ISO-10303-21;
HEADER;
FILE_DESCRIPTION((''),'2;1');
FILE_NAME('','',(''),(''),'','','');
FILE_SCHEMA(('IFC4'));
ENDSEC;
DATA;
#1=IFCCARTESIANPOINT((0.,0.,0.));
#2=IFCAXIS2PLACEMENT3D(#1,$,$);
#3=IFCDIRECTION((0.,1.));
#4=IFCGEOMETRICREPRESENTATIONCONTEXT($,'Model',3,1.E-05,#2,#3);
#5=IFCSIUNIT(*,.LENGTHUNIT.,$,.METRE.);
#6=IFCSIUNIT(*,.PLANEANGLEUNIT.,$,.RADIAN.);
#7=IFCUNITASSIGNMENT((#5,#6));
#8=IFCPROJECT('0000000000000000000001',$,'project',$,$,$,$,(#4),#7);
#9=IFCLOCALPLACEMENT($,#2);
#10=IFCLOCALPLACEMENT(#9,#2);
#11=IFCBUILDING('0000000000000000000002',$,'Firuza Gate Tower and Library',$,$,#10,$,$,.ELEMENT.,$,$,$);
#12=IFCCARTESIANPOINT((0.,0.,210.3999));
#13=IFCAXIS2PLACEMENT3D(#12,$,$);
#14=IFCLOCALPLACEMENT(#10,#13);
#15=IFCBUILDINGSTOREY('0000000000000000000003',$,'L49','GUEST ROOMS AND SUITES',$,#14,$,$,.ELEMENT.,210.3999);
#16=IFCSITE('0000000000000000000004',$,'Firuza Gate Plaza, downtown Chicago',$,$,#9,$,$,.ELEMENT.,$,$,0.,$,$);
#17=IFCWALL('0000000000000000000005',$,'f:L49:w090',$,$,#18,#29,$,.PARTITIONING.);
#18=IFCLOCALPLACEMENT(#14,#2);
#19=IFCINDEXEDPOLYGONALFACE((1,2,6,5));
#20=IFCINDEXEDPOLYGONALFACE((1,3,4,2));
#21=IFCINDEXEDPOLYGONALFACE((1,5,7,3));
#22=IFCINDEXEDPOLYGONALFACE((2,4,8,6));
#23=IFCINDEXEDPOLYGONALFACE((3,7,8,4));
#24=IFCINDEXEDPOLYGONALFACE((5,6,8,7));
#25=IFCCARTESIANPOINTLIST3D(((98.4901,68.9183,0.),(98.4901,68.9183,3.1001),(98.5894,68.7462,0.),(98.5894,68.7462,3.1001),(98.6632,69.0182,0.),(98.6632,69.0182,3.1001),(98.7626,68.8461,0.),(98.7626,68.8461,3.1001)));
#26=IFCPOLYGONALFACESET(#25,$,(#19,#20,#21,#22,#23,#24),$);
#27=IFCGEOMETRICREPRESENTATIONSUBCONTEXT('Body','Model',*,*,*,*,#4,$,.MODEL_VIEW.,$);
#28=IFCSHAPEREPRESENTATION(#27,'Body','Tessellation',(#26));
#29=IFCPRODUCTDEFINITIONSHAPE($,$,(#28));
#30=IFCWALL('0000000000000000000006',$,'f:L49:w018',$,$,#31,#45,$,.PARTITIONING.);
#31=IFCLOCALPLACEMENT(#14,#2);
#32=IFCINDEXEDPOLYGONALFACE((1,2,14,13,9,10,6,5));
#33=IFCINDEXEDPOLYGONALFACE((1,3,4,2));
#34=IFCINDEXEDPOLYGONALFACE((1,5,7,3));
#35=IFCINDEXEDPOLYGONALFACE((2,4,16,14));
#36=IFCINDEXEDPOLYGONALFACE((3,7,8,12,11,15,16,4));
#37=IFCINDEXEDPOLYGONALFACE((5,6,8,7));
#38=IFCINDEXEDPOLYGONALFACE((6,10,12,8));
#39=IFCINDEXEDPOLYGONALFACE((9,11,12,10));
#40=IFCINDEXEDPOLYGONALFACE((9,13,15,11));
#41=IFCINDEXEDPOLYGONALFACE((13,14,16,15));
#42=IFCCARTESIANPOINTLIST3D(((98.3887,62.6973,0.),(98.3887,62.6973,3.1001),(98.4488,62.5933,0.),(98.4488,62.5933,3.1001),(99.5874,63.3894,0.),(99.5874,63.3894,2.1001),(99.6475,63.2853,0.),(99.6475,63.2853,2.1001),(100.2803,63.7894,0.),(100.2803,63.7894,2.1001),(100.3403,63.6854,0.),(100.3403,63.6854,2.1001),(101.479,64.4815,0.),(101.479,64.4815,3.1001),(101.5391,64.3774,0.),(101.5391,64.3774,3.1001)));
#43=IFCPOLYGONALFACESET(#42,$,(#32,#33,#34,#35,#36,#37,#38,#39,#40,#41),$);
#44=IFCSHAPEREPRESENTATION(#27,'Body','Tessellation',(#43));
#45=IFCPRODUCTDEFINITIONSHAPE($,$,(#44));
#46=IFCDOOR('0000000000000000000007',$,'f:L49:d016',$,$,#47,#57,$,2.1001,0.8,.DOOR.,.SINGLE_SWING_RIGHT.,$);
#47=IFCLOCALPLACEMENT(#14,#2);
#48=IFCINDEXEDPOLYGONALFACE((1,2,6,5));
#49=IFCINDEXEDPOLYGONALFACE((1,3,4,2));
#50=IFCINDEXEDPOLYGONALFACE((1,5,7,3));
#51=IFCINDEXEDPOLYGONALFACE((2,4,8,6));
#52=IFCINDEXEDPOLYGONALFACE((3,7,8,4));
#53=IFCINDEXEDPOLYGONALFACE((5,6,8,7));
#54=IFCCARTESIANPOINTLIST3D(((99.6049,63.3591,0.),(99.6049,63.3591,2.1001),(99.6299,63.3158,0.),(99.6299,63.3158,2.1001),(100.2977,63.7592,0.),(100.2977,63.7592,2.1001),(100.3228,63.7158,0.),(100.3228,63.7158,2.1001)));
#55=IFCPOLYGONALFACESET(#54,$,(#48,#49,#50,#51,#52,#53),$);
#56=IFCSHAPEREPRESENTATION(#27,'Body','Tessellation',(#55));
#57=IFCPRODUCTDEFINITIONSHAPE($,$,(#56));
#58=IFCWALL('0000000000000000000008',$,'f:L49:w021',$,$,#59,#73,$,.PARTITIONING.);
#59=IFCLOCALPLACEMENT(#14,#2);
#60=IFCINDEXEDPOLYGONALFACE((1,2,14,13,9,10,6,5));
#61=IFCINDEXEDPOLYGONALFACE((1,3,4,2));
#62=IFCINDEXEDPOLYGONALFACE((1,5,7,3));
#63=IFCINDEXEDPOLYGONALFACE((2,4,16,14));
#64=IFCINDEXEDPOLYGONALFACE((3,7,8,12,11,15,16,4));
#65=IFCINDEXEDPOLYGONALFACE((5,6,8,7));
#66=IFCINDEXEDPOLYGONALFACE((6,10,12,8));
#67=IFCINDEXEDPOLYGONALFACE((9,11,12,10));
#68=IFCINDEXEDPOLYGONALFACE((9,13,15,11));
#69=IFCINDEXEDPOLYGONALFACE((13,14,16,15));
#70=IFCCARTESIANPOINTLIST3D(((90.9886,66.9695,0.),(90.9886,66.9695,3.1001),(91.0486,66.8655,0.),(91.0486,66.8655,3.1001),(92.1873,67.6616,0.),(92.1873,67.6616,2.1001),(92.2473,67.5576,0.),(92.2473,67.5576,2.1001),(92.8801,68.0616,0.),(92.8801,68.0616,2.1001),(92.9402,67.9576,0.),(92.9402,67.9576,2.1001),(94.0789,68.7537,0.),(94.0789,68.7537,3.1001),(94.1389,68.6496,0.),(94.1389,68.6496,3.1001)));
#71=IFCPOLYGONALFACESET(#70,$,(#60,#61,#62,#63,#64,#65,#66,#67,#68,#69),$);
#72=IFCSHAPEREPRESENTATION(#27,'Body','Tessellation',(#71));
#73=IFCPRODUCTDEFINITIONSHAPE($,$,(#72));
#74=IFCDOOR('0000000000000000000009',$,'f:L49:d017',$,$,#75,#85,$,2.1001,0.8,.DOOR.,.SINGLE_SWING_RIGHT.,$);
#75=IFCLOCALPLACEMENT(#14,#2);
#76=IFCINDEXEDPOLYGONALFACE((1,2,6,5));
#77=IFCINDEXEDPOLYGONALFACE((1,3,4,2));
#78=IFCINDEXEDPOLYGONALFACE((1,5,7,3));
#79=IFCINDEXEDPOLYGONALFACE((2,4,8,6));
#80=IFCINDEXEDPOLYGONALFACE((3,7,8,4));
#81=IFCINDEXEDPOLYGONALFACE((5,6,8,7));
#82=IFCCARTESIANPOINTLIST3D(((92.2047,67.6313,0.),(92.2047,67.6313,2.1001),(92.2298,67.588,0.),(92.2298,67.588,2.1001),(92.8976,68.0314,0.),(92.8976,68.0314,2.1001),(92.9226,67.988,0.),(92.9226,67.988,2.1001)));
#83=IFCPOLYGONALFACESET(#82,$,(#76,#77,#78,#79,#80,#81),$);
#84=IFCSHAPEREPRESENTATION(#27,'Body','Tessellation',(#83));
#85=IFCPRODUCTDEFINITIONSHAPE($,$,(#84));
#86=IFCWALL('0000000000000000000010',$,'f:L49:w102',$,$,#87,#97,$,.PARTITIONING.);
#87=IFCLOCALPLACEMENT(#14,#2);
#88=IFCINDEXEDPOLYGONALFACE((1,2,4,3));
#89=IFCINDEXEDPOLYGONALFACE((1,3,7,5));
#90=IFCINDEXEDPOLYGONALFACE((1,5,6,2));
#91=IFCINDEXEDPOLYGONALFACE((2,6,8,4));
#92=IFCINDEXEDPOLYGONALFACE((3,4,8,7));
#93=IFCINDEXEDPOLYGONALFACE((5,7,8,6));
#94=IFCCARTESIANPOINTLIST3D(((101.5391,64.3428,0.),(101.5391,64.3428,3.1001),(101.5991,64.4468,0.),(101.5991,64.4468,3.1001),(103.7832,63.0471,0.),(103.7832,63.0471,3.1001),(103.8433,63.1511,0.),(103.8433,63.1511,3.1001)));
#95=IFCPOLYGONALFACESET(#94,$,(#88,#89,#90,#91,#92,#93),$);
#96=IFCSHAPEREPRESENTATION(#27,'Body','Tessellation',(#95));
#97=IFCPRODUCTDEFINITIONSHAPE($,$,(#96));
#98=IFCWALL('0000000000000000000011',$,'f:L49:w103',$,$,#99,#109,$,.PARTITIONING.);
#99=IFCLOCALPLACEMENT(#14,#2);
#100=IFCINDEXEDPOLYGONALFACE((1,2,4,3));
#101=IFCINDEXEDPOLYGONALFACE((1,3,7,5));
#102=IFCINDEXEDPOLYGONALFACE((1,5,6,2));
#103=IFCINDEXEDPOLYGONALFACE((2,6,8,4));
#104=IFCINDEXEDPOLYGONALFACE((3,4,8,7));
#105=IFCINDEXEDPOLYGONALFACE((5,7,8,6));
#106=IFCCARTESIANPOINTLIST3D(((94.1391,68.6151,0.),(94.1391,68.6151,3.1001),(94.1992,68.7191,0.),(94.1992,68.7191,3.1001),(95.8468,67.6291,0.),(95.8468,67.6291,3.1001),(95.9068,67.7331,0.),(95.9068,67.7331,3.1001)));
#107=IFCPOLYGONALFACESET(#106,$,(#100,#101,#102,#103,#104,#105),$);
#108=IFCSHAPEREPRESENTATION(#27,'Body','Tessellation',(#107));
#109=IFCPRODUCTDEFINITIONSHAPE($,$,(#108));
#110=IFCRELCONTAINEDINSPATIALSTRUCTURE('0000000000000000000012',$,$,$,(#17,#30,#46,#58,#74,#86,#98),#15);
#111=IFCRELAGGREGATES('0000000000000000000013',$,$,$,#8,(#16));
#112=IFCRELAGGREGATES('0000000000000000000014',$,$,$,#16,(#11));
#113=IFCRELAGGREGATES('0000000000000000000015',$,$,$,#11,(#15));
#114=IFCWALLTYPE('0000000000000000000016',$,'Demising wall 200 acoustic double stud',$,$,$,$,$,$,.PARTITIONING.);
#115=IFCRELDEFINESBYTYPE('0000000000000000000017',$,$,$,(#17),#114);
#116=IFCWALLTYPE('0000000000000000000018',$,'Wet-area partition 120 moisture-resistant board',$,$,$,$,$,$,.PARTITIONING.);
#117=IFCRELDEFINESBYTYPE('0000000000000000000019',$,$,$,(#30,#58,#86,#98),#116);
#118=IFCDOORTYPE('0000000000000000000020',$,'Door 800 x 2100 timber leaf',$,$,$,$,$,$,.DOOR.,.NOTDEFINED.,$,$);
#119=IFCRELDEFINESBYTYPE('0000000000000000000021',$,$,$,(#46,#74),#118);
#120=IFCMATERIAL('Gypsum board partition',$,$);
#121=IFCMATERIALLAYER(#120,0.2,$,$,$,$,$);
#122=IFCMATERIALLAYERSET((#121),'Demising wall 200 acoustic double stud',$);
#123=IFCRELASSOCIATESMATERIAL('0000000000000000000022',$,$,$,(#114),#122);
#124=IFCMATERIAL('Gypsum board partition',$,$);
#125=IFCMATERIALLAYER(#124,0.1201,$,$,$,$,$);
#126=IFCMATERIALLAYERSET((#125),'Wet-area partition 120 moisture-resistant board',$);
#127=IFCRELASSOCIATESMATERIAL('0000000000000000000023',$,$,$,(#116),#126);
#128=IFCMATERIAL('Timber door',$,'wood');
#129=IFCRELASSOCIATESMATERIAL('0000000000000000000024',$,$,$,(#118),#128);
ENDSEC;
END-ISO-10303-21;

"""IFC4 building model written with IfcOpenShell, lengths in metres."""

from ifc_helpers import new_model, si_unit, direction, frame, frame_2d, origin, place, context, subcontext, project, spatial, rectangle, extrude, material, layer, layer_set, type_object, element, fill, save


model = new_model("IFC4")

# Units and contexts
model_context = context("Model", 3, precision=1e-05, world=origin(), true_north=direction((0.0, 1.0)))
body_context = subcontext(model_context, "Body", "Model", "MODEL_VIEW")
ifc_project = project(units=[si_unit("LENGTHUNIT", "METRE"), si_unit("PLANEANGLEUNIT", "RADIAN")], contexts=[model_context])

# Site, building, storey
site_placement = place(None, origin())
site = spatial("IfcSite", under=ifc_project, at=site_placement, Name="Firuza Gate Plaza, downtown Chicago", CompositionType="ELEMENT", RefElevation=0.0)
building_placement = place(site_placement, origin())
building = spatial("IfcBuilding", under=site, at=building_placement, Name="Firuza Gate Tower and Library", CompositionType="ELEMENT")
storey_placement = place(building_placement, frame((0.0, 0.0, 210.3999)))
storey = spatial("IfcBuildingStorey", under=building, at=storey_placement, Name="L49", Description="GUEST ROOMS AND SUITES", CompositionType="ELEMENT", Elevation=210.3999)

# Wall
ifc_material_1 = material(Name="Gypsum board partition")
ifc_layer_1 = layer(ifc_material_1, 0.2)
ifc_layer_set_1 = layer_set([ifc_layer_1], Name="Demising wall 200 acoustic double stud")
wall_type_1 = type_object("IfcWallType", Name="Demising wall 200 acoustic double stud", PredefinedType="PARTITIONING", material=ifc_layer_set_1)
wall_1_placement = place(storey_placement, frame((98.676, 68.7961, 0.0), z_axis=(0.0, 0.0, 1.0), x_axis=(-0.499971, 0.866042, 0.0)))
element("IfcWall", 1, at=wall_1_placement, inside=storey, type_object=wall_type_1, Name="f:L49:w090", PredefinedType="PARTITIONING", context=body_context, shape_type="SweptSolid", body=[
    extrude(rectangle(XDim=0.1987, YDim=0.2, at=frame_2d((0.0994, 0.0))), origin(), (0.0, 0.0, 1.0), 3.1001),
])

# Walls, openings, doors
ifc_material_2 = material(Name="Gypsum board partition")
ifc_layer_2 = layer(ifc_material_2, 0.1201)
ifc_layer_set_2 = layer_set([ifc_layer_2], Name="Wet-area partition 120 moisture-resistant board")
wall_type_2 = type_object("IfcWallType", Name="Wet-area partition 120 moisture-resistant board", PredefinedType="PARTITIONING", material=ifc_layer_set_2)
wall_2_placement = place(storey_placement, frame((101.509, 64.4294, 0.0), z_axis=(0.0, 0.0, 1.0), x_axis=(-0.866028, -0.499995, 0.0)))
wall_2 = element("IfcWall", 2, at=wall_2_placement, inside=storey, type_object=wall_type_2, Name="f:L49:w018", PredefinedType="PARTITIONING", context=body_context, shape_type="SweptSolid", body=[
    extrude(rectangle(XDim=3.5684, YDim=0.1201, at=frame_2d((1.7842, 0.0))), origin(), (0.0, 0.0, 1.0), 3.1001),
])
opening_1_placement = place(wall_2_placement, frame((1.3843, 0.0, 0.0)))
opening_1 = element("IfcOpeningElement", 3, at=opening_1_placement, cuts=wall_2, PredefinedType="OPENING", context=body_context, shape_type="SweptSolid", body=[
    extrude(rectangle(XDim=0.8, YDim=2.1001, at=frame_2d((0.3999, 1.05))), frame((0.0, 0.0701, 0.0), z_axis=(0.0, -1.0, 0.0), x_axis=(1.0, 0.0, 0.0)), (0.0, 0.0, 1.0), 0.1401),
])
ifc_material_3 = material(Name="Timber door", Category="wood")
door_type = type_object("IfcDoorType", Name="Door 800 x 2100 timber leaf", OperationType="NOTDEFINED", PredefinedType="DOOR", material=ifc_material_3)
door_1_placement = place(opening_1_placement, origin())
door_1 = element("IfcDoor", 4, at=door_1_placement, inside=storey, type_object=door_type, Name="f:L49:d016", OperationType="SINGLE_SWING_RIGHT", OverallHeight=2.1001, OverallWidth=0.8, PredefinedType="DOOR", context=body_context, shape_type="SweptSolid", body=[
    extrude(rectangle(XDim=0.8, YDim=2.1001, at=frame_2d((0.3999, 1.05))), frame((0.0, 0.0249, 0.0), z_axis=(0.0, -1.0, 0.0), x_axis=(1.0, 0.0, 0.0)), (0.0, 0.0, 1.0), 0.05),
])
fill(opening_1, door_1)
wall_3_placement = place(storey_placement, frame((94.1089, 68.7017, 0.0), z_axis=(0.0, 0.0, 1.0), x_axis=(-0.866028, -0.499995, 0.0)))
wall_3 = element("IfcWall", 5, at=wall_3_placement, inside=storey, type_object=wall_type_2, Name="f:L49:w021", PredefinedType="PARTITIONING", context=body_context, shape_type="SweptSolid", body=[
    extrude(rectangle(XDim=3.5684, YDim=0.1201, at=frame_2d((1.7842, 0.0))), origin(), (0.0, 0.0, 1.0), 3.1001),
])
opening_2_placement = place(wall_3_placement, frame((1.3843, 0.0, 0.0)))
opening_2 = element("IfcOpeningElement", 6, at=opening_2_placement, cuts=wall_3, PredefinedType="OPENING", context=body_context, shape_type="SweptSolid", body=[
    extrude(rectangle(XDim=0.8, YDim=2.1001, at=frame_2d((0.3999, 1.05))), frame((0.0, 0.0701, 0.0), z_axis=(0.0, -1.0, 0.0), x_axis=(1.0, 0.0, 0.0)), (0.0, 0.0, 1.0), 0.1401),
])
door_2_placement = place(opening_2_placement, origin())
door_2 = element("IfcDoor", 7, at=door_2_placement, inside=storey, type_object=door_type, Name="f:L49:d017", OperationType="SINGLE_SWING_RIGHT", OverallHeight=2.1001, OverallWidth=0.8, PredefinedType="DOOR", context=body_context, shape_type="SweptSolid", body=[
    extrude(rectangle(XDim=0.8, YDim=2.1001, at=frame_2d((0.3999, 1.05))), frame((0.0, 0.0249, 0.0), z_axis=(0.0, -1.0, 0.0), x_axis=(1.0, 0.0, 0.0)), (0.0, 0.0, 1.0), 0.05),
])
fill(opening_2, door_2)

# Walls
wall_4_placement = place(storey_placement, frame((103.8132, 63.0991, 0.0), z_axis=(0.0, 0.0, 1.0), x_axis=(-0.866026, 0.5, 0.0)))
element("IfcWall", 8, at=wall_4_placement, inside=storey, type_object=wall_type_2, Name="f:L49:w102", PredefinedType="PARTITIONING", context=body_context, shape_type="SweptSolid", body=[
    extrude(rectangle(XDim=2.5913, YDim=0.1201, at=frame_2d((1.2957, 0.0))), origin(), (0.0, 0.0, 1.0), 3.1001),
])
wall_5_placement = place(storey_placement, frame((95.8767, 67.6812, 0.0), z_axis=(0.0, 0.0, 1.0), x_axis=(-0.866002, 0.50004, 0.0)))
element("IfcWall", 9, at=wall_5_placement, inside=storey, type_object=wall_type_2, Name="f:L49:w103", PredefinedType="PARTITIONING", context=body_context, shape_type="SweptSolid", body=[
    extrude(rectangle(XDim=1.9719, YDim=0.1201, at=frame_2d((0.9858, 0.0))), origin(), (0.0, 0.0, 1.0), 3.1001),
])

save(model, "model.ifc")
